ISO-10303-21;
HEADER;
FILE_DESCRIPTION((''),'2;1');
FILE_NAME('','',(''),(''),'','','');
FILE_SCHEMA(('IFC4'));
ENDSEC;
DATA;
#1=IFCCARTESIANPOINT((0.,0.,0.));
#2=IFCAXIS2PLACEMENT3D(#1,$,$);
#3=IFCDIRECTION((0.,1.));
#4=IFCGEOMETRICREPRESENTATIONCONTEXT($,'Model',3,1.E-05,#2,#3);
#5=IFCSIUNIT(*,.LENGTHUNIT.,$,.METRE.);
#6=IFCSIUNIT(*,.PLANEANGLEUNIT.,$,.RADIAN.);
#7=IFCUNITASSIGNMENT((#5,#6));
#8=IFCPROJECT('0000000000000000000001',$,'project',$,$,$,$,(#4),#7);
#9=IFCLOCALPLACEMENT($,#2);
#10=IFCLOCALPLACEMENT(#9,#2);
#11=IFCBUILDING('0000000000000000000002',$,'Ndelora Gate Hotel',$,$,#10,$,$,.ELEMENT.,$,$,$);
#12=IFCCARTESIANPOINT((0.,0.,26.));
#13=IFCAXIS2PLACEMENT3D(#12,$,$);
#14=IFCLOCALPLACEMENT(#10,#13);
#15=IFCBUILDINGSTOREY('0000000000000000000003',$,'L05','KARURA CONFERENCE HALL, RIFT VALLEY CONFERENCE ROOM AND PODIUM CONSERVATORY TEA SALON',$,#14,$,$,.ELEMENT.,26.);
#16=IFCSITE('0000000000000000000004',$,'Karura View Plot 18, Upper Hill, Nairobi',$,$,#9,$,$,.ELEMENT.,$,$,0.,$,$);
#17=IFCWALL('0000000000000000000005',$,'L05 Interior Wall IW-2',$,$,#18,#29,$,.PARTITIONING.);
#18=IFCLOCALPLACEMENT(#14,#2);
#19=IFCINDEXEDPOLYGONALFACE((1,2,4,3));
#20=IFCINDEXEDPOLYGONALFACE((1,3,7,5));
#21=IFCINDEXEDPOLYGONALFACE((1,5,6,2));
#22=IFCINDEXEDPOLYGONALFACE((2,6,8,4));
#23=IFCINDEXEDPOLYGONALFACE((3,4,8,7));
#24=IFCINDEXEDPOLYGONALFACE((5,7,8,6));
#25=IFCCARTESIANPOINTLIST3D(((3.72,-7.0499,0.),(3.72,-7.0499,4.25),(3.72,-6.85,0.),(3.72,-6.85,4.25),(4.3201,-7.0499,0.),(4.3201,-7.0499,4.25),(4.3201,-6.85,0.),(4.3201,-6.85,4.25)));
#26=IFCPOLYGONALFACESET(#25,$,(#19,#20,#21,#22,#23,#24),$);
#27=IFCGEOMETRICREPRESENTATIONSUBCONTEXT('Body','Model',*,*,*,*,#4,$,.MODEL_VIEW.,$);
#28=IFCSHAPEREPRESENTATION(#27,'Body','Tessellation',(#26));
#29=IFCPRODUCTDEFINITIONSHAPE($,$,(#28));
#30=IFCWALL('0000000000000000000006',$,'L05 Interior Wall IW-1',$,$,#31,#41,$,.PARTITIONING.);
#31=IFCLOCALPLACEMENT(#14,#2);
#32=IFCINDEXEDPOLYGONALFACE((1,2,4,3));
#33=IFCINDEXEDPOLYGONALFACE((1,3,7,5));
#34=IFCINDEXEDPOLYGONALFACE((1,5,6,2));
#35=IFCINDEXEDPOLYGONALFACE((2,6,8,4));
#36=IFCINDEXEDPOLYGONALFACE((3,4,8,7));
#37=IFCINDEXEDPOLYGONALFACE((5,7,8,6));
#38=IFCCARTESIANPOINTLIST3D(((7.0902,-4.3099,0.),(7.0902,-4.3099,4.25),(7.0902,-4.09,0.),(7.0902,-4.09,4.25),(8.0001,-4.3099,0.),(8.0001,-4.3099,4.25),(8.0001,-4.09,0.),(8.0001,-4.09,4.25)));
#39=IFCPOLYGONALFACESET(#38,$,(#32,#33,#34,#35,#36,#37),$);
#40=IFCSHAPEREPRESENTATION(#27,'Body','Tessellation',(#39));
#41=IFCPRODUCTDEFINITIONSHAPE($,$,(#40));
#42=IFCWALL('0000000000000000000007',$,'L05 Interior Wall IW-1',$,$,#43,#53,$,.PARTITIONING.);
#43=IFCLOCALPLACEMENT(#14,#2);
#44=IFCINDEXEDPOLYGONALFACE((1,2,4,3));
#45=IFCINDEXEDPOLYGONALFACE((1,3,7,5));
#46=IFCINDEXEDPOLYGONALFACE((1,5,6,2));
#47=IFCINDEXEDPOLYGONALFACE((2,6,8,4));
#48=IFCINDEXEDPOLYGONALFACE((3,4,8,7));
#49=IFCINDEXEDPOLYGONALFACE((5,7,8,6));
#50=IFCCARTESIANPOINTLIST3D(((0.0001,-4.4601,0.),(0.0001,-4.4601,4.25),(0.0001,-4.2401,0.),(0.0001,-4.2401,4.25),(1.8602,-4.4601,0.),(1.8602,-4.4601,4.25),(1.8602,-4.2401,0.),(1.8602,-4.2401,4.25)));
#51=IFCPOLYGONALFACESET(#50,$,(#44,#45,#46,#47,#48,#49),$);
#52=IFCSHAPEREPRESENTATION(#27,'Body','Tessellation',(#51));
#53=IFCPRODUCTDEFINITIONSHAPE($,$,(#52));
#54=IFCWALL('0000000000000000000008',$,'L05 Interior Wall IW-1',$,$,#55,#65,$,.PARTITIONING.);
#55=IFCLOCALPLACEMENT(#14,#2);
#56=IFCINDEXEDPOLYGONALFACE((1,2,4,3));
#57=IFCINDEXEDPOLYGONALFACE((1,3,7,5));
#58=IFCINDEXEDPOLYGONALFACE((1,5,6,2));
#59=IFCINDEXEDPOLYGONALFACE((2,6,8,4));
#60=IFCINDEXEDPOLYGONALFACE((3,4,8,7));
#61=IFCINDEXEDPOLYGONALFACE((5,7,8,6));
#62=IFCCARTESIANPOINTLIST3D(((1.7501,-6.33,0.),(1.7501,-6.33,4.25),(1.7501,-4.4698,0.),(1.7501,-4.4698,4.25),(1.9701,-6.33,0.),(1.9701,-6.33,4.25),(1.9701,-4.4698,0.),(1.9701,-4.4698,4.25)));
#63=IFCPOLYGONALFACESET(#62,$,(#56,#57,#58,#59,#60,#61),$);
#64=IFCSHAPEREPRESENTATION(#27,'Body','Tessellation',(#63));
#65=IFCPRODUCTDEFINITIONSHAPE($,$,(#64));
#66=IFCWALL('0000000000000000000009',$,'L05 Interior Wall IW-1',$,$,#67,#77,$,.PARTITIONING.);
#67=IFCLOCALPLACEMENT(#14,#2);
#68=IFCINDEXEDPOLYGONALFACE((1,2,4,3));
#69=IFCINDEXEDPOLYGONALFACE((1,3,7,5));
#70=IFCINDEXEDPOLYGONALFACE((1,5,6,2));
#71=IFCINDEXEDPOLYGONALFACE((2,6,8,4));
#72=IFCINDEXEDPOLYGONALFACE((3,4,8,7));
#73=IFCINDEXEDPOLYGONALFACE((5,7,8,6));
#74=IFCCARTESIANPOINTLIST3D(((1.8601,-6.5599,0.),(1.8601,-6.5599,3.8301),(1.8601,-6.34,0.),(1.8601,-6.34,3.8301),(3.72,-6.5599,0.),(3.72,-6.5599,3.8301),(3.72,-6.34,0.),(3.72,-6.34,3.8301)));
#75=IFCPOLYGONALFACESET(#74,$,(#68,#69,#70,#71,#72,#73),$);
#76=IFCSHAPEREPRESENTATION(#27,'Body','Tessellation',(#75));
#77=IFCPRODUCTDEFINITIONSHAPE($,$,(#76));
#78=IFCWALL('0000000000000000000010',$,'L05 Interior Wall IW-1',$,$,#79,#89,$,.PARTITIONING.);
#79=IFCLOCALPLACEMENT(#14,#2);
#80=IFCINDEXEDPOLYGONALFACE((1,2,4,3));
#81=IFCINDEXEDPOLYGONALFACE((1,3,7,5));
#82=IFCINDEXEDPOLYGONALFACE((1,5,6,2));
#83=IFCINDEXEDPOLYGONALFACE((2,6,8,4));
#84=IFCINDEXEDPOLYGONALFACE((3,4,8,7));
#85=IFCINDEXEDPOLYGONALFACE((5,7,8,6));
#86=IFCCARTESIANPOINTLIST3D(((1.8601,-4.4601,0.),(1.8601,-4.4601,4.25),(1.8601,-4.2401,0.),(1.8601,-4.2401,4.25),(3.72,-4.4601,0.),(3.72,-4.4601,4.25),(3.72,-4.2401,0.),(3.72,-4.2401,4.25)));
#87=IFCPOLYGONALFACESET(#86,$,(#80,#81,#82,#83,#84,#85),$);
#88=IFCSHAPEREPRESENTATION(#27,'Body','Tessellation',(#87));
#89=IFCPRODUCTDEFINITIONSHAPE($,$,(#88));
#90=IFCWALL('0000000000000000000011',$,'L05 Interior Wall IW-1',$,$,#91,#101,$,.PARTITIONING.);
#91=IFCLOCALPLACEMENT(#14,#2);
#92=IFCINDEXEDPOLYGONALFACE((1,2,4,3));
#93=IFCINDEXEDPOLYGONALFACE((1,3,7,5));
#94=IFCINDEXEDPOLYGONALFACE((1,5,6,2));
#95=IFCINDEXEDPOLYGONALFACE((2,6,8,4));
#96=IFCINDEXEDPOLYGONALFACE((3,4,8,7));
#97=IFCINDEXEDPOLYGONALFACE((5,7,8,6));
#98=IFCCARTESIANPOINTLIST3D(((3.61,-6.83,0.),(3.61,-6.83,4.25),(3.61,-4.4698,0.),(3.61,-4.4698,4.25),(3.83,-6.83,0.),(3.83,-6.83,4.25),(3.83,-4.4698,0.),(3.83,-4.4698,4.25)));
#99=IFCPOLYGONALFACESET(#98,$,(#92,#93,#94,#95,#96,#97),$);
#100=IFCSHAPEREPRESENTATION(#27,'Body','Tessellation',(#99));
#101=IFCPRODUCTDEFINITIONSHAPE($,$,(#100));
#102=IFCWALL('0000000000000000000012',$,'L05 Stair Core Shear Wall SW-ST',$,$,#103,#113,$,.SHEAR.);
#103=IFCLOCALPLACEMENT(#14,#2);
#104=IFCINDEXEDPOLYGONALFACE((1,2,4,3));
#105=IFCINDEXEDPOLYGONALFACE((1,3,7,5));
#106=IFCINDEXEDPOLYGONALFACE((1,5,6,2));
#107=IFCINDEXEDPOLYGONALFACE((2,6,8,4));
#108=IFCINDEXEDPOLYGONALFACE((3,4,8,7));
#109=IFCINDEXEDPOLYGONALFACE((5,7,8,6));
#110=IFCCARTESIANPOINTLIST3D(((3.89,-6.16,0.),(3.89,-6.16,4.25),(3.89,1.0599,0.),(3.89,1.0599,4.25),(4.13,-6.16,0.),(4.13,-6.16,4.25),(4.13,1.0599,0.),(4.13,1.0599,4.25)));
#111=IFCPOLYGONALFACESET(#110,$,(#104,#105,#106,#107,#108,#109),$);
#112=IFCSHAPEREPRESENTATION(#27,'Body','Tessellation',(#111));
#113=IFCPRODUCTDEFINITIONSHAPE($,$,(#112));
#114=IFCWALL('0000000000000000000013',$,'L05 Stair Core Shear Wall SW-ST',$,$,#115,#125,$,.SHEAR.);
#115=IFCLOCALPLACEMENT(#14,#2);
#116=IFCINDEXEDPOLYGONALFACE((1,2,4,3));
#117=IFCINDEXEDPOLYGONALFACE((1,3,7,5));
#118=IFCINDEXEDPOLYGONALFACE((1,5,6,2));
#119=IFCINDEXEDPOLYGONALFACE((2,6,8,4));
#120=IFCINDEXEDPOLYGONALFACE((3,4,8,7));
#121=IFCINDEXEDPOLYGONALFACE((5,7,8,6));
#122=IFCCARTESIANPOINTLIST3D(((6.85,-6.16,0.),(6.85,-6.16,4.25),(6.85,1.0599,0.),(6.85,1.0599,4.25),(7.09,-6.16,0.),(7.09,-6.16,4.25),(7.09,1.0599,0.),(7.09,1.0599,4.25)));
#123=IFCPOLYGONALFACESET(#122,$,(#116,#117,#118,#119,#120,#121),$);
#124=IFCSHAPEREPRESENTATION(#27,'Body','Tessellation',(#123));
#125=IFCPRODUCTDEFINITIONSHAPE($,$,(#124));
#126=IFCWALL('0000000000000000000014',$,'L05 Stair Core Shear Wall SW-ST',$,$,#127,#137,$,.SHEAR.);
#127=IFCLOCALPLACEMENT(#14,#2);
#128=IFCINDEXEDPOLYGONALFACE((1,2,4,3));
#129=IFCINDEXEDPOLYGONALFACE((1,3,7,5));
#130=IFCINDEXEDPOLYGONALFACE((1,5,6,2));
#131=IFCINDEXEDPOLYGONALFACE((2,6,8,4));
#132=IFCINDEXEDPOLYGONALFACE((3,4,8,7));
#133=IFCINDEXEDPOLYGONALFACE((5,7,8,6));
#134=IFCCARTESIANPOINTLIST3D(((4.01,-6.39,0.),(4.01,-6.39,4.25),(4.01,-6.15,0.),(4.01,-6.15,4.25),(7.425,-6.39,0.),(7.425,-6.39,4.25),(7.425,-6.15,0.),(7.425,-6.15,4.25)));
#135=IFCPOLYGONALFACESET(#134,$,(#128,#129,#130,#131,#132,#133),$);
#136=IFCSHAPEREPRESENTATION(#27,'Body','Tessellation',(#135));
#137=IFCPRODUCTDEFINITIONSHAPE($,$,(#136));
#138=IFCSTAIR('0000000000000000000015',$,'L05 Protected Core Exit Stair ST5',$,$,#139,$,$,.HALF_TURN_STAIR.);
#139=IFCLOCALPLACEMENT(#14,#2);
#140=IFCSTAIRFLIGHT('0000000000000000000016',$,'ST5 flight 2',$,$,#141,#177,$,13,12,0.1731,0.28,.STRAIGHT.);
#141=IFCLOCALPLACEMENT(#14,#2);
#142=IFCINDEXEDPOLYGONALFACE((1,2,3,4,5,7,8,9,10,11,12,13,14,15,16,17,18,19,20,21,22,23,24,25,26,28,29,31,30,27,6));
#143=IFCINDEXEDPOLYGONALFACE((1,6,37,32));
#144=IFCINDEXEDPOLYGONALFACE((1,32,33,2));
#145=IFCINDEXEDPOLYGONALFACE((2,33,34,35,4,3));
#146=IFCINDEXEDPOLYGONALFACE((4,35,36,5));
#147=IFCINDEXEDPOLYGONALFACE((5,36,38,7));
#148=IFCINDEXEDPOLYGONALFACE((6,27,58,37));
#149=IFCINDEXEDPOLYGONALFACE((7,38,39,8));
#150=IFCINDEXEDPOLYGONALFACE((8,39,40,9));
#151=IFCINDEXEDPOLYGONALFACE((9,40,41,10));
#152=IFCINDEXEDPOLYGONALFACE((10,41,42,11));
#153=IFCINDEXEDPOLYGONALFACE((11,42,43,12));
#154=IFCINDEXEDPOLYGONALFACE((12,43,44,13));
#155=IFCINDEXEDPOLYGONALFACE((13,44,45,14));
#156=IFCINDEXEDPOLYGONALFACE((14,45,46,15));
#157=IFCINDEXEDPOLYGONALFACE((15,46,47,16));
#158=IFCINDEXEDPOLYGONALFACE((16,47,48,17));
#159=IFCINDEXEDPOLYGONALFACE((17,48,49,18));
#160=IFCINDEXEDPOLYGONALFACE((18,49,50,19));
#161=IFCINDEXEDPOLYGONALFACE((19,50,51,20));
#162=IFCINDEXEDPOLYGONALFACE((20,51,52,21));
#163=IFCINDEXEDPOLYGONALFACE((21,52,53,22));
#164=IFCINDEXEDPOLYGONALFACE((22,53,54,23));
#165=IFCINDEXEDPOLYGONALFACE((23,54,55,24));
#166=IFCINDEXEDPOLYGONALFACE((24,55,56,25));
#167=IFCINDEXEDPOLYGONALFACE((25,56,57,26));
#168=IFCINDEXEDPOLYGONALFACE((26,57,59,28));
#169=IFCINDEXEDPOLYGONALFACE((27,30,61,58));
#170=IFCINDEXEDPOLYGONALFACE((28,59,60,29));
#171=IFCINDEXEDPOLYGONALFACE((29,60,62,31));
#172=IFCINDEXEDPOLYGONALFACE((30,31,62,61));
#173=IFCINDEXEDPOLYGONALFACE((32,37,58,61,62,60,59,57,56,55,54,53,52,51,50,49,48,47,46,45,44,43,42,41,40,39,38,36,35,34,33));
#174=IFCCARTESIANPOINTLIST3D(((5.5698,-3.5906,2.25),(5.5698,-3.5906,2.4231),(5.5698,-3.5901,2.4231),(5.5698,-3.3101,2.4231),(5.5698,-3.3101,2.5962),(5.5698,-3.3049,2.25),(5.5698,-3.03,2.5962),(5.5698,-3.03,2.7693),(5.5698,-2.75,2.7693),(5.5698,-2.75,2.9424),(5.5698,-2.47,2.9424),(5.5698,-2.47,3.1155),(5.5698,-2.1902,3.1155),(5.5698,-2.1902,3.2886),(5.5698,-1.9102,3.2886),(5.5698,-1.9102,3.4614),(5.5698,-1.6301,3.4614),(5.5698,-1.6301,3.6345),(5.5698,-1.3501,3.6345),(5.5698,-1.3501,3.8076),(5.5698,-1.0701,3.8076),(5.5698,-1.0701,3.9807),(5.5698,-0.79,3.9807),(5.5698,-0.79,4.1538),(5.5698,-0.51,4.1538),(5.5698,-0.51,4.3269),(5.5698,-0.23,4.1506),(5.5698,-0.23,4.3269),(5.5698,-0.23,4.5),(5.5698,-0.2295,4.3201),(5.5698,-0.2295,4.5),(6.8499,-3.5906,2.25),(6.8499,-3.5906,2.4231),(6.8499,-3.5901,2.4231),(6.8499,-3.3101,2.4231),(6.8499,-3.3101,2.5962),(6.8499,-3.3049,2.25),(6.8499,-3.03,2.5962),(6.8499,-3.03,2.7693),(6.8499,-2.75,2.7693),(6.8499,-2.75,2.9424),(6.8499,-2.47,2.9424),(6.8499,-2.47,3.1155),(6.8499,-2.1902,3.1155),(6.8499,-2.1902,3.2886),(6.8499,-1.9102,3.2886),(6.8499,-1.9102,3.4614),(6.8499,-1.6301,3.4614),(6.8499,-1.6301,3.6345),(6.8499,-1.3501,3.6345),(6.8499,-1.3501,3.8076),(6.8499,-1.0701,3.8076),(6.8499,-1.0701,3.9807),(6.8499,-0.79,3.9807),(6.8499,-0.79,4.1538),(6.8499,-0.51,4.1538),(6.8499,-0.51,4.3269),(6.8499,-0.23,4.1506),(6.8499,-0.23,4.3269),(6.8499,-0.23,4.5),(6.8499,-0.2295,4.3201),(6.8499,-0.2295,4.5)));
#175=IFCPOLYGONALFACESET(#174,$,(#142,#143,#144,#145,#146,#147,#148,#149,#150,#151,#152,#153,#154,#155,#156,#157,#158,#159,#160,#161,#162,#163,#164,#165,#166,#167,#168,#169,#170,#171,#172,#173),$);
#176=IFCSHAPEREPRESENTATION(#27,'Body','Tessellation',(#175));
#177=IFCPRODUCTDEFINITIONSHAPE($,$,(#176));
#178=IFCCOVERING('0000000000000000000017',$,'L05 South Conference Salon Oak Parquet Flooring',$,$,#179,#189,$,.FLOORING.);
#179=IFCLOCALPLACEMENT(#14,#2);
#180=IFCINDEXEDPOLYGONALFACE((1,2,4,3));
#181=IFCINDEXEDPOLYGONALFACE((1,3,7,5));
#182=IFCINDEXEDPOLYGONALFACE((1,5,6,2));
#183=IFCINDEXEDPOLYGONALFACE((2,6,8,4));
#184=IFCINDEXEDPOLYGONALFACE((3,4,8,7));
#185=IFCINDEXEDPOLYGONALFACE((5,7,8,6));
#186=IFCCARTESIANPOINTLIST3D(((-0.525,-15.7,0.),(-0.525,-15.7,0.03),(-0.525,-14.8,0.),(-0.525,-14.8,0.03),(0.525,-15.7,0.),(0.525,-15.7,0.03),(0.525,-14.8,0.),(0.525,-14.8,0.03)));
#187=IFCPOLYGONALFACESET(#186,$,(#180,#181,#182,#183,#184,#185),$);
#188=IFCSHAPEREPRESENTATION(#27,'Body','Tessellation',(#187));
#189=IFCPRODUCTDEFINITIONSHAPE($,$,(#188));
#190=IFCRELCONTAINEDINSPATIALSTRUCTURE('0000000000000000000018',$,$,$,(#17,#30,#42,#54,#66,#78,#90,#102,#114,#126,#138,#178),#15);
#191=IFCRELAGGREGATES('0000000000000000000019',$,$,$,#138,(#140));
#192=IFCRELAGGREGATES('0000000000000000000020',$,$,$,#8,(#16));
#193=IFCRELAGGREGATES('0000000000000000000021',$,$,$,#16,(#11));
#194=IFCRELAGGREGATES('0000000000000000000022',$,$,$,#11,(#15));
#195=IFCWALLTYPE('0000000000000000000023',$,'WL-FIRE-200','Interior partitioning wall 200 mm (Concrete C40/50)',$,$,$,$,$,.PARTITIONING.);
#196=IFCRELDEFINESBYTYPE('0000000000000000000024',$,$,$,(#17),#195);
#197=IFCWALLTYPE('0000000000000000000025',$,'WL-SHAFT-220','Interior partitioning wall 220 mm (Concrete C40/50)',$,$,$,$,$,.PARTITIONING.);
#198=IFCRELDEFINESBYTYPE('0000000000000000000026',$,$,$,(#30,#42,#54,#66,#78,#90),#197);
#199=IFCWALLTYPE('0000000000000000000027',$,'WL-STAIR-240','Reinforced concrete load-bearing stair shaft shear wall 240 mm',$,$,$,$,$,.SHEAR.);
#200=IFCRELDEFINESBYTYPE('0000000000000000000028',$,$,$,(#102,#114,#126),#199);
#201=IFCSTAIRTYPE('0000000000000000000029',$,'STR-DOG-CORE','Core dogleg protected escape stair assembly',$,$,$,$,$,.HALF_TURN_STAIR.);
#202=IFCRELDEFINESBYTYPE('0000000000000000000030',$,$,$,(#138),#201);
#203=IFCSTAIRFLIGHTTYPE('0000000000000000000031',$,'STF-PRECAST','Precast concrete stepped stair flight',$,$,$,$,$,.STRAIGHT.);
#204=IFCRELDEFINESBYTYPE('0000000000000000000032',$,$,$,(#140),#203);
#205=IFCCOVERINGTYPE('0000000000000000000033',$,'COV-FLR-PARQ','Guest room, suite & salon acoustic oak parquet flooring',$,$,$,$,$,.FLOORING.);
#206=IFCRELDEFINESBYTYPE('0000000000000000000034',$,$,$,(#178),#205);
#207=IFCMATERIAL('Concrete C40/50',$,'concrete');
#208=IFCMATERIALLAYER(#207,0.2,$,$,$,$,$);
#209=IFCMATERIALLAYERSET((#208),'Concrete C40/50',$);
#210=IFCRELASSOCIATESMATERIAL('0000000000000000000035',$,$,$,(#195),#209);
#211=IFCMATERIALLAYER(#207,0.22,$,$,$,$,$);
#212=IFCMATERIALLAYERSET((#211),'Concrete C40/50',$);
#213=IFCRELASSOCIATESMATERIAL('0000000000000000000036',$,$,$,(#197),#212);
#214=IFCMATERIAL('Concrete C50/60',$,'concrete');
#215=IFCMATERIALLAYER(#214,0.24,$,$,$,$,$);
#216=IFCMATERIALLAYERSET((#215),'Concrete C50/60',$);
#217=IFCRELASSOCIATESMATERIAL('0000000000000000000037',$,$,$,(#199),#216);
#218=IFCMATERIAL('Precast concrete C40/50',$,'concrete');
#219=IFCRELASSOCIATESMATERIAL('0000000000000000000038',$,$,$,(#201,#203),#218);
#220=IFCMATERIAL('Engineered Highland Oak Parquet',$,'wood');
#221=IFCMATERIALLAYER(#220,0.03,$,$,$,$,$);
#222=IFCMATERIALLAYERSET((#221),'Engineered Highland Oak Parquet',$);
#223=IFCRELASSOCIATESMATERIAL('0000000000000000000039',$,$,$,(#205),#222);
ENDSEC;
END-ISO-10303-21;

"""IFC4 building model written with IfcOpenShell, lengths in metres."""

from ifc_helpers import new_model, si_unit, direction, frame, frame_2d, origin, origin_2d, place, context, subcontext, project, spatial, polyline, rectangle, outline, extrude, material, layer, layer_set, type_object, element, aggregate, save


model = new_model("IFC4")

# Units and contexts
model_context = context("Model", 3, precision=1e-05, world=origin(), true_north=direction((0.0, 1.0)))
body_context = subcontext(model_context, "Body", "Model", "MODEL_VIEW")
ifc_project = project(units=[si_unit("LENGTHUNIT", "METRE"), si_unit("PLANEANGLEUNIT", "RADIAN")], contexts=[model_context])

# Site, building, storey
site_placement = place(None, origin())
site = spatial("IfcSite", under=ifc_project, at=site_placement, Name="Karura View Plot 18, Upper Hill, Nairobi", CompositionType="ELEMENT", RefElevation=0.0)
building_placement = place(site_placement, origin())
building = spatial("IfcBuilding", under=site, at=building_placement, Name="Ndelora Gate Hotel", CompositionType="ELEMENT")
storey_placement = place(building_placement, frame((0.0, 0.0, 26.0)))
storey = spatial("IfcBuildingStorey", under=building, at=storey_placement, Name="L05", Description="KARURA CONFERENCE HALL, RIFT VALLEY CONFERENCE ROOM AND PODIUM CONSERVATORY TEA SALON", CompositionType="ELEMENT", Elevation=26.0)

# Walls
ifc_material_1 = material(Name="Concrete C40/50", Category="concrete")
ifc_layer_1 = layer(ifc_material_1, 0.2)
ifc_layer_set_1 = layer_set([ifc_layer_1], Name="Concrete C40/50")
wall_type_1 = type_object("IfcWallType", Name="WL-FIRE-200", Description="Interior partitioning wall 200 mm (Concrete C40/50)", PredefinedType="PARTITIONING", material=ifc_layer_set_1)
wall_1_placement = place(storey_placement, frame((3.72, -6.95, 0.0), z_axis=(0.0, 0.0, 1.0), x_axis=(1.0, 0.0, 0.0)))
element("IfcWall", 1, at=wall_1_placement, inside=storey, type_object=wall_type_1, Name="L05 Interior Wall IW-2", PredefinedType="PARTITIONING", context=body_context, shape_type="SweptSolid", body=[
    extrude(rectangle(XDim=0.6001, YDim=0.2, at=frame_2d((0.3, 0.0))), origin(), (0.0, 0.0, 1.0), 4.25),
])
ifc_layer_2 = layer(ifc_material_1, 0.22)
ifc_layer_set_2 = layer_set([ifc_layer_2], Name="Concrete C40/50")
wall_type_2 = type_object("IfcWallType", Name="WL-SHAFT-220", Description="Interior partitioning wall 220 mm (Concrete C40/50)", PredefinedType="PARTITIONING", material=ifc_layer_set_2)
wall_2_placement = place(storey_placement, frame((7.0901, -4.2, 0.0), z_axis=(0.0, 0.0, 1.0), x_axis=(1.0, 0.0, 0.0)))
element("IfcWall", 2, at=wall_2_placement, inside=storey, type_object=wall_type_2, Name="L05 Interior Wall IW-1", PredefinedType="PARTITIONING", context=body_context, shape_type="SweptSolid", body=[
    extrude(rectangle(XDim=0.9099, YDim=0.22, at=frame_2d((0.4551, 0.0))), origin(), (0.0, 0.0, 1.0), 4.25),
])
for number, where, z_axis, x_axis, name in (
    (3, (0.0, -4.3501, 0.0), (0.0, 0.0, 1.0), (1.0, 0.0, 0.0), "L05 Interior Wall IW-1"),
    (4, (1.8601, -6.3301, 0.0), (0.0, 0.0, 1.0), (0.0, 1.0, 0.0), "L05 Interior Wall IW-1"),
):
    element("IfcWall", number, at=place(storey_placement, frame(where, z_axis=z_axis, x_axis=x_axis)), inside=storey, type_object=wall_type_2, Name=name, PredefinedType="PARTITIONING", context=body_context, shape_type="SweptSolid", body=[
        extrude(rectangle(XDim=1.8601, YDim=0.22, at=frame_2d((0.9302, 0.0))), origin(), (0.0, 0.0, 1.0), 4.25),
    ])
wall_3_placement = place(storey_placement, frame((1.8601, -6.45, 0.0), z_axis=(0.0, 0.0, 1.0), x_axis=(1.0, 0.0, 0.0)))
element("IfcWall", 5, at=wall_3_placement, inside=storey, type_object=wall_type_2, Name="L05 Interior Wall IW-1", PredefinedType="PARTITIONING", context=body_context, shape_type="SweptSolid", body=[
    extrude(rectangle(XDim=1.8599, YDim=0.22, at=frame_2d((0.9299, 0.0))), origin(), (0.0, 0.0, 1.0), 3.8301),
])
wall_4_placement = place(storey_placement, frame((1.8601, -4.3501, 0.0), z_axis=(0.0, 0.0, 1.0), x_axis=(1.0, 0.0, 0.0)))
element("IfcWall", 6, at=wall_4_placement, inside=storey, type_object=wall_type_2, Name="L05 Interior Wall IW-1", PredefinedType="PARTITIONING", context=body_context, shape_type="SweptSolid", body=[
    extrude(rectangle(XDim=1.8599, YDim=0.22, at=frame_2d((0.9299, 0.0))), origin(), (0.0, 0.0, 1.0), 4.25),
])
wall_5_placement = place(storey_placement, frame((3.72, -6.8301, 0.0), z_axis=(0.0, 0.0, 1.0), x_axis=(0.0, 1.0, 0.0)))
element("IfcWall", 7, at=wall_5_placement, inside=storey, type_object=wall_type_2, Name="L05 Interior Wall IW-1", PredefinedType="PARTITIONING", context=body_context, shape_type="SweptSolid", body=[
    extrude(rectangle(XDim=2.3601, YDim=0.22, at=frame_2d((1.1802, 0.0))), origin(), (0.0, 0.0, 1.0), 4.25),
])
ifc_material_2 = material(Name="Concrete C50/60", Category="concrete")
ifc_layer_3 = layer(ifc_material_2, 0.24)
ifc_layer_set_3 = layer_set([ifc_layer_3], Name="Concrete C50/60")
wall_type_3 = type_object("IfcWallType", Name="WL-STAIR-240", Description="Reinforced concrete load-bearing stair shaft shear wall 240 mm", PredefinedType="SHEAR", material=ifc_layer_set_3)
for number, where, z_axis, x_axis, name in (
    (8, (4.01, -6.1599, 0.0), (0.0, 0.0, 1.0), (0.0, 1.0, 0.0), "L05 Stair Core Shear Wall SW-ST"),
    (9, (6.97, -6.1599, 0.0), (0.0, 0.0, 1.0), (0.0, 1.0, 0.0), "L05 Stair Core Shear Wall SW-ST"),
):
    element("IfcWall", number, at=place(storey_placement, frame(where, z_axis=z_axis, x_axis=x_axis)), inside=storey, type_object=wall_type_3, Name=name, PredefinedType="SHEAR", context=body_context, shape_type="SweptSolid", body=[
        extrude(rectangle(XDim=7.22, YDim=0.24, at=frame_2d((3.6099, 0.0))), origin(), (0.0, 0.0, 1.0), 4.25),
    ])
wall_6_placement = place(storey_placement, frame((4.01, -6.27, 0.0), z_axis=(0.0, 0.0, 1.0), x_axis=(1.0, 0.0, 0.0)))
element("IfcWall", 10, at=wall_6_placement, inside=storey, type_object=wall_type_3, Name="L05 Stair Core Shear Wall SW-ST", PredefinedType="SHEAR", context=body_context, shape_type="SweptSolid", body=[
    extrude(rectangle(XDim=3.415, YDim=0.24, at=frame_2d((1.7075, 0.0))), origin(), (0.0, 0.0, 1.0), 4.25),
])

# Stair, stair flight
ifc_material_3 = material(Name="Precast concrete C40/50", Category="concrete")
stair_type = type_object("IfcStairType", Name="STR-DOG-CORE", Description="Core dogleg protected escape stair assembly", PredefinedType="HALF_TURN_STAIR", material=ifc_material_3)
stair_placement = place(storey_placement, origin())
stair = element("IfcStair", 11, at=stair_placement, inside=storey, type_object=stair_type, Name="L05 Protected Core Exit Stair ST5", PredefinedType="HALF_TURN_STAIR")
stair_flight_type = type_object("IfcStairFlightType", Name="STF-PRECAST", Description="Precast concrete stepped stair flight", PredefinedType="STRAIGHT", material=ifc_material_3)
stair_flight_placement = place(storey_placement, frame((6.21, -3.5901, 2.25), z_axis=(0.0, 0.0, 1.0), x_axis=(0.0, 1.0, 0.0)))
stair_flight = element("IfcStairFlight", 12, at=stair_flight_placement, type_object=stair_flight_type, Name="ST5 flight 2", NumberOfRisers=13, NumberOfTreads=12, PredefinedType="STRAIGHT", RiserHeight=0.1731, TreadLength=0.28, context=body_context, shape_type="SweptSolid", body=[
    extrude(outline(polyline([(-0.0005, 0.0), (-0.0005, 0.1731), (0.0, 0.1731), (0.28, 0.1731), (0.28, 0.3462), (0.5601, 0.3462), (0.5601, 0.5193), (0.8401, 0.5193), (0.8401, 0.6924), (1.1201, 0.6924), (1.1201, 0.8655), (1.3999, 0.8655), (1.3999, 1.0386), (1.6799, 1.0386), (1.6799, 1.2114), (1.96, 1.2114), (1.96, 1.3845), (2.24, 1.3845), (2.24, 1.5576), (2.52, 1.5576), (2.52, 1.7307), (2.8, 1.7307), (2.8, 1.9038), (3.0801, 1.9038), (3.0801, 2.0769), (3.3601, 2.0769), (3.3601, 2.25), (3.3606, 2.25), (3.3606, 2.0701), (3.3601, 1.9006), (0.2852, 0.0), (-0.0005, 0.0)])), frame((0.0, 0.6401, 0.0), z_axis=(0.0, -1.0, 0.0), x_axis=(1.0, 0.0, 0.0)), (0.0, 0.0, 1.0), 1.28),
])
aggregate(stair, [stair_flight])

# Covering
ifc_material_4 = material(Name="Engineered Highland Oak Parquet", Category="wood")
ifc_layer_4 = layer(ifc_material_4, 0.03)
ifc_layer_set_4 = layer_set([ifc_layer_4], Name="Engineered Highland Oak Parquet")
covering_type = type_object("IfcCoveringType", Name="COV-FLR-PARQ", Description="Guest room, suite & salon acoustic oak parquet flooring", PredefinedType="FLOORING", material=ifc_layer_set_4)
covering_placement = place(storey_placement, frame((0.0, -15.25, 0.0), z_axis=(0.0, 0.0, 1.0), x_axis=(1.0, 0.0, 0.0)))
element("IfcCovering", 13, at=covering_placement, inside=storey, type_object=covering_type, Name="L05 South Conference Salon Oak Parquet Flooring", PredefinedType="FLOORING", context=body_context, shape_type="SweptSolid", body=[
    extrude(rectangle(XDim=1.05, YDim=0.8999, at=origin_2d()), origin(), (0.0, 0.0, 1.0), 0.03),
])

save(model, "model.ifc")
